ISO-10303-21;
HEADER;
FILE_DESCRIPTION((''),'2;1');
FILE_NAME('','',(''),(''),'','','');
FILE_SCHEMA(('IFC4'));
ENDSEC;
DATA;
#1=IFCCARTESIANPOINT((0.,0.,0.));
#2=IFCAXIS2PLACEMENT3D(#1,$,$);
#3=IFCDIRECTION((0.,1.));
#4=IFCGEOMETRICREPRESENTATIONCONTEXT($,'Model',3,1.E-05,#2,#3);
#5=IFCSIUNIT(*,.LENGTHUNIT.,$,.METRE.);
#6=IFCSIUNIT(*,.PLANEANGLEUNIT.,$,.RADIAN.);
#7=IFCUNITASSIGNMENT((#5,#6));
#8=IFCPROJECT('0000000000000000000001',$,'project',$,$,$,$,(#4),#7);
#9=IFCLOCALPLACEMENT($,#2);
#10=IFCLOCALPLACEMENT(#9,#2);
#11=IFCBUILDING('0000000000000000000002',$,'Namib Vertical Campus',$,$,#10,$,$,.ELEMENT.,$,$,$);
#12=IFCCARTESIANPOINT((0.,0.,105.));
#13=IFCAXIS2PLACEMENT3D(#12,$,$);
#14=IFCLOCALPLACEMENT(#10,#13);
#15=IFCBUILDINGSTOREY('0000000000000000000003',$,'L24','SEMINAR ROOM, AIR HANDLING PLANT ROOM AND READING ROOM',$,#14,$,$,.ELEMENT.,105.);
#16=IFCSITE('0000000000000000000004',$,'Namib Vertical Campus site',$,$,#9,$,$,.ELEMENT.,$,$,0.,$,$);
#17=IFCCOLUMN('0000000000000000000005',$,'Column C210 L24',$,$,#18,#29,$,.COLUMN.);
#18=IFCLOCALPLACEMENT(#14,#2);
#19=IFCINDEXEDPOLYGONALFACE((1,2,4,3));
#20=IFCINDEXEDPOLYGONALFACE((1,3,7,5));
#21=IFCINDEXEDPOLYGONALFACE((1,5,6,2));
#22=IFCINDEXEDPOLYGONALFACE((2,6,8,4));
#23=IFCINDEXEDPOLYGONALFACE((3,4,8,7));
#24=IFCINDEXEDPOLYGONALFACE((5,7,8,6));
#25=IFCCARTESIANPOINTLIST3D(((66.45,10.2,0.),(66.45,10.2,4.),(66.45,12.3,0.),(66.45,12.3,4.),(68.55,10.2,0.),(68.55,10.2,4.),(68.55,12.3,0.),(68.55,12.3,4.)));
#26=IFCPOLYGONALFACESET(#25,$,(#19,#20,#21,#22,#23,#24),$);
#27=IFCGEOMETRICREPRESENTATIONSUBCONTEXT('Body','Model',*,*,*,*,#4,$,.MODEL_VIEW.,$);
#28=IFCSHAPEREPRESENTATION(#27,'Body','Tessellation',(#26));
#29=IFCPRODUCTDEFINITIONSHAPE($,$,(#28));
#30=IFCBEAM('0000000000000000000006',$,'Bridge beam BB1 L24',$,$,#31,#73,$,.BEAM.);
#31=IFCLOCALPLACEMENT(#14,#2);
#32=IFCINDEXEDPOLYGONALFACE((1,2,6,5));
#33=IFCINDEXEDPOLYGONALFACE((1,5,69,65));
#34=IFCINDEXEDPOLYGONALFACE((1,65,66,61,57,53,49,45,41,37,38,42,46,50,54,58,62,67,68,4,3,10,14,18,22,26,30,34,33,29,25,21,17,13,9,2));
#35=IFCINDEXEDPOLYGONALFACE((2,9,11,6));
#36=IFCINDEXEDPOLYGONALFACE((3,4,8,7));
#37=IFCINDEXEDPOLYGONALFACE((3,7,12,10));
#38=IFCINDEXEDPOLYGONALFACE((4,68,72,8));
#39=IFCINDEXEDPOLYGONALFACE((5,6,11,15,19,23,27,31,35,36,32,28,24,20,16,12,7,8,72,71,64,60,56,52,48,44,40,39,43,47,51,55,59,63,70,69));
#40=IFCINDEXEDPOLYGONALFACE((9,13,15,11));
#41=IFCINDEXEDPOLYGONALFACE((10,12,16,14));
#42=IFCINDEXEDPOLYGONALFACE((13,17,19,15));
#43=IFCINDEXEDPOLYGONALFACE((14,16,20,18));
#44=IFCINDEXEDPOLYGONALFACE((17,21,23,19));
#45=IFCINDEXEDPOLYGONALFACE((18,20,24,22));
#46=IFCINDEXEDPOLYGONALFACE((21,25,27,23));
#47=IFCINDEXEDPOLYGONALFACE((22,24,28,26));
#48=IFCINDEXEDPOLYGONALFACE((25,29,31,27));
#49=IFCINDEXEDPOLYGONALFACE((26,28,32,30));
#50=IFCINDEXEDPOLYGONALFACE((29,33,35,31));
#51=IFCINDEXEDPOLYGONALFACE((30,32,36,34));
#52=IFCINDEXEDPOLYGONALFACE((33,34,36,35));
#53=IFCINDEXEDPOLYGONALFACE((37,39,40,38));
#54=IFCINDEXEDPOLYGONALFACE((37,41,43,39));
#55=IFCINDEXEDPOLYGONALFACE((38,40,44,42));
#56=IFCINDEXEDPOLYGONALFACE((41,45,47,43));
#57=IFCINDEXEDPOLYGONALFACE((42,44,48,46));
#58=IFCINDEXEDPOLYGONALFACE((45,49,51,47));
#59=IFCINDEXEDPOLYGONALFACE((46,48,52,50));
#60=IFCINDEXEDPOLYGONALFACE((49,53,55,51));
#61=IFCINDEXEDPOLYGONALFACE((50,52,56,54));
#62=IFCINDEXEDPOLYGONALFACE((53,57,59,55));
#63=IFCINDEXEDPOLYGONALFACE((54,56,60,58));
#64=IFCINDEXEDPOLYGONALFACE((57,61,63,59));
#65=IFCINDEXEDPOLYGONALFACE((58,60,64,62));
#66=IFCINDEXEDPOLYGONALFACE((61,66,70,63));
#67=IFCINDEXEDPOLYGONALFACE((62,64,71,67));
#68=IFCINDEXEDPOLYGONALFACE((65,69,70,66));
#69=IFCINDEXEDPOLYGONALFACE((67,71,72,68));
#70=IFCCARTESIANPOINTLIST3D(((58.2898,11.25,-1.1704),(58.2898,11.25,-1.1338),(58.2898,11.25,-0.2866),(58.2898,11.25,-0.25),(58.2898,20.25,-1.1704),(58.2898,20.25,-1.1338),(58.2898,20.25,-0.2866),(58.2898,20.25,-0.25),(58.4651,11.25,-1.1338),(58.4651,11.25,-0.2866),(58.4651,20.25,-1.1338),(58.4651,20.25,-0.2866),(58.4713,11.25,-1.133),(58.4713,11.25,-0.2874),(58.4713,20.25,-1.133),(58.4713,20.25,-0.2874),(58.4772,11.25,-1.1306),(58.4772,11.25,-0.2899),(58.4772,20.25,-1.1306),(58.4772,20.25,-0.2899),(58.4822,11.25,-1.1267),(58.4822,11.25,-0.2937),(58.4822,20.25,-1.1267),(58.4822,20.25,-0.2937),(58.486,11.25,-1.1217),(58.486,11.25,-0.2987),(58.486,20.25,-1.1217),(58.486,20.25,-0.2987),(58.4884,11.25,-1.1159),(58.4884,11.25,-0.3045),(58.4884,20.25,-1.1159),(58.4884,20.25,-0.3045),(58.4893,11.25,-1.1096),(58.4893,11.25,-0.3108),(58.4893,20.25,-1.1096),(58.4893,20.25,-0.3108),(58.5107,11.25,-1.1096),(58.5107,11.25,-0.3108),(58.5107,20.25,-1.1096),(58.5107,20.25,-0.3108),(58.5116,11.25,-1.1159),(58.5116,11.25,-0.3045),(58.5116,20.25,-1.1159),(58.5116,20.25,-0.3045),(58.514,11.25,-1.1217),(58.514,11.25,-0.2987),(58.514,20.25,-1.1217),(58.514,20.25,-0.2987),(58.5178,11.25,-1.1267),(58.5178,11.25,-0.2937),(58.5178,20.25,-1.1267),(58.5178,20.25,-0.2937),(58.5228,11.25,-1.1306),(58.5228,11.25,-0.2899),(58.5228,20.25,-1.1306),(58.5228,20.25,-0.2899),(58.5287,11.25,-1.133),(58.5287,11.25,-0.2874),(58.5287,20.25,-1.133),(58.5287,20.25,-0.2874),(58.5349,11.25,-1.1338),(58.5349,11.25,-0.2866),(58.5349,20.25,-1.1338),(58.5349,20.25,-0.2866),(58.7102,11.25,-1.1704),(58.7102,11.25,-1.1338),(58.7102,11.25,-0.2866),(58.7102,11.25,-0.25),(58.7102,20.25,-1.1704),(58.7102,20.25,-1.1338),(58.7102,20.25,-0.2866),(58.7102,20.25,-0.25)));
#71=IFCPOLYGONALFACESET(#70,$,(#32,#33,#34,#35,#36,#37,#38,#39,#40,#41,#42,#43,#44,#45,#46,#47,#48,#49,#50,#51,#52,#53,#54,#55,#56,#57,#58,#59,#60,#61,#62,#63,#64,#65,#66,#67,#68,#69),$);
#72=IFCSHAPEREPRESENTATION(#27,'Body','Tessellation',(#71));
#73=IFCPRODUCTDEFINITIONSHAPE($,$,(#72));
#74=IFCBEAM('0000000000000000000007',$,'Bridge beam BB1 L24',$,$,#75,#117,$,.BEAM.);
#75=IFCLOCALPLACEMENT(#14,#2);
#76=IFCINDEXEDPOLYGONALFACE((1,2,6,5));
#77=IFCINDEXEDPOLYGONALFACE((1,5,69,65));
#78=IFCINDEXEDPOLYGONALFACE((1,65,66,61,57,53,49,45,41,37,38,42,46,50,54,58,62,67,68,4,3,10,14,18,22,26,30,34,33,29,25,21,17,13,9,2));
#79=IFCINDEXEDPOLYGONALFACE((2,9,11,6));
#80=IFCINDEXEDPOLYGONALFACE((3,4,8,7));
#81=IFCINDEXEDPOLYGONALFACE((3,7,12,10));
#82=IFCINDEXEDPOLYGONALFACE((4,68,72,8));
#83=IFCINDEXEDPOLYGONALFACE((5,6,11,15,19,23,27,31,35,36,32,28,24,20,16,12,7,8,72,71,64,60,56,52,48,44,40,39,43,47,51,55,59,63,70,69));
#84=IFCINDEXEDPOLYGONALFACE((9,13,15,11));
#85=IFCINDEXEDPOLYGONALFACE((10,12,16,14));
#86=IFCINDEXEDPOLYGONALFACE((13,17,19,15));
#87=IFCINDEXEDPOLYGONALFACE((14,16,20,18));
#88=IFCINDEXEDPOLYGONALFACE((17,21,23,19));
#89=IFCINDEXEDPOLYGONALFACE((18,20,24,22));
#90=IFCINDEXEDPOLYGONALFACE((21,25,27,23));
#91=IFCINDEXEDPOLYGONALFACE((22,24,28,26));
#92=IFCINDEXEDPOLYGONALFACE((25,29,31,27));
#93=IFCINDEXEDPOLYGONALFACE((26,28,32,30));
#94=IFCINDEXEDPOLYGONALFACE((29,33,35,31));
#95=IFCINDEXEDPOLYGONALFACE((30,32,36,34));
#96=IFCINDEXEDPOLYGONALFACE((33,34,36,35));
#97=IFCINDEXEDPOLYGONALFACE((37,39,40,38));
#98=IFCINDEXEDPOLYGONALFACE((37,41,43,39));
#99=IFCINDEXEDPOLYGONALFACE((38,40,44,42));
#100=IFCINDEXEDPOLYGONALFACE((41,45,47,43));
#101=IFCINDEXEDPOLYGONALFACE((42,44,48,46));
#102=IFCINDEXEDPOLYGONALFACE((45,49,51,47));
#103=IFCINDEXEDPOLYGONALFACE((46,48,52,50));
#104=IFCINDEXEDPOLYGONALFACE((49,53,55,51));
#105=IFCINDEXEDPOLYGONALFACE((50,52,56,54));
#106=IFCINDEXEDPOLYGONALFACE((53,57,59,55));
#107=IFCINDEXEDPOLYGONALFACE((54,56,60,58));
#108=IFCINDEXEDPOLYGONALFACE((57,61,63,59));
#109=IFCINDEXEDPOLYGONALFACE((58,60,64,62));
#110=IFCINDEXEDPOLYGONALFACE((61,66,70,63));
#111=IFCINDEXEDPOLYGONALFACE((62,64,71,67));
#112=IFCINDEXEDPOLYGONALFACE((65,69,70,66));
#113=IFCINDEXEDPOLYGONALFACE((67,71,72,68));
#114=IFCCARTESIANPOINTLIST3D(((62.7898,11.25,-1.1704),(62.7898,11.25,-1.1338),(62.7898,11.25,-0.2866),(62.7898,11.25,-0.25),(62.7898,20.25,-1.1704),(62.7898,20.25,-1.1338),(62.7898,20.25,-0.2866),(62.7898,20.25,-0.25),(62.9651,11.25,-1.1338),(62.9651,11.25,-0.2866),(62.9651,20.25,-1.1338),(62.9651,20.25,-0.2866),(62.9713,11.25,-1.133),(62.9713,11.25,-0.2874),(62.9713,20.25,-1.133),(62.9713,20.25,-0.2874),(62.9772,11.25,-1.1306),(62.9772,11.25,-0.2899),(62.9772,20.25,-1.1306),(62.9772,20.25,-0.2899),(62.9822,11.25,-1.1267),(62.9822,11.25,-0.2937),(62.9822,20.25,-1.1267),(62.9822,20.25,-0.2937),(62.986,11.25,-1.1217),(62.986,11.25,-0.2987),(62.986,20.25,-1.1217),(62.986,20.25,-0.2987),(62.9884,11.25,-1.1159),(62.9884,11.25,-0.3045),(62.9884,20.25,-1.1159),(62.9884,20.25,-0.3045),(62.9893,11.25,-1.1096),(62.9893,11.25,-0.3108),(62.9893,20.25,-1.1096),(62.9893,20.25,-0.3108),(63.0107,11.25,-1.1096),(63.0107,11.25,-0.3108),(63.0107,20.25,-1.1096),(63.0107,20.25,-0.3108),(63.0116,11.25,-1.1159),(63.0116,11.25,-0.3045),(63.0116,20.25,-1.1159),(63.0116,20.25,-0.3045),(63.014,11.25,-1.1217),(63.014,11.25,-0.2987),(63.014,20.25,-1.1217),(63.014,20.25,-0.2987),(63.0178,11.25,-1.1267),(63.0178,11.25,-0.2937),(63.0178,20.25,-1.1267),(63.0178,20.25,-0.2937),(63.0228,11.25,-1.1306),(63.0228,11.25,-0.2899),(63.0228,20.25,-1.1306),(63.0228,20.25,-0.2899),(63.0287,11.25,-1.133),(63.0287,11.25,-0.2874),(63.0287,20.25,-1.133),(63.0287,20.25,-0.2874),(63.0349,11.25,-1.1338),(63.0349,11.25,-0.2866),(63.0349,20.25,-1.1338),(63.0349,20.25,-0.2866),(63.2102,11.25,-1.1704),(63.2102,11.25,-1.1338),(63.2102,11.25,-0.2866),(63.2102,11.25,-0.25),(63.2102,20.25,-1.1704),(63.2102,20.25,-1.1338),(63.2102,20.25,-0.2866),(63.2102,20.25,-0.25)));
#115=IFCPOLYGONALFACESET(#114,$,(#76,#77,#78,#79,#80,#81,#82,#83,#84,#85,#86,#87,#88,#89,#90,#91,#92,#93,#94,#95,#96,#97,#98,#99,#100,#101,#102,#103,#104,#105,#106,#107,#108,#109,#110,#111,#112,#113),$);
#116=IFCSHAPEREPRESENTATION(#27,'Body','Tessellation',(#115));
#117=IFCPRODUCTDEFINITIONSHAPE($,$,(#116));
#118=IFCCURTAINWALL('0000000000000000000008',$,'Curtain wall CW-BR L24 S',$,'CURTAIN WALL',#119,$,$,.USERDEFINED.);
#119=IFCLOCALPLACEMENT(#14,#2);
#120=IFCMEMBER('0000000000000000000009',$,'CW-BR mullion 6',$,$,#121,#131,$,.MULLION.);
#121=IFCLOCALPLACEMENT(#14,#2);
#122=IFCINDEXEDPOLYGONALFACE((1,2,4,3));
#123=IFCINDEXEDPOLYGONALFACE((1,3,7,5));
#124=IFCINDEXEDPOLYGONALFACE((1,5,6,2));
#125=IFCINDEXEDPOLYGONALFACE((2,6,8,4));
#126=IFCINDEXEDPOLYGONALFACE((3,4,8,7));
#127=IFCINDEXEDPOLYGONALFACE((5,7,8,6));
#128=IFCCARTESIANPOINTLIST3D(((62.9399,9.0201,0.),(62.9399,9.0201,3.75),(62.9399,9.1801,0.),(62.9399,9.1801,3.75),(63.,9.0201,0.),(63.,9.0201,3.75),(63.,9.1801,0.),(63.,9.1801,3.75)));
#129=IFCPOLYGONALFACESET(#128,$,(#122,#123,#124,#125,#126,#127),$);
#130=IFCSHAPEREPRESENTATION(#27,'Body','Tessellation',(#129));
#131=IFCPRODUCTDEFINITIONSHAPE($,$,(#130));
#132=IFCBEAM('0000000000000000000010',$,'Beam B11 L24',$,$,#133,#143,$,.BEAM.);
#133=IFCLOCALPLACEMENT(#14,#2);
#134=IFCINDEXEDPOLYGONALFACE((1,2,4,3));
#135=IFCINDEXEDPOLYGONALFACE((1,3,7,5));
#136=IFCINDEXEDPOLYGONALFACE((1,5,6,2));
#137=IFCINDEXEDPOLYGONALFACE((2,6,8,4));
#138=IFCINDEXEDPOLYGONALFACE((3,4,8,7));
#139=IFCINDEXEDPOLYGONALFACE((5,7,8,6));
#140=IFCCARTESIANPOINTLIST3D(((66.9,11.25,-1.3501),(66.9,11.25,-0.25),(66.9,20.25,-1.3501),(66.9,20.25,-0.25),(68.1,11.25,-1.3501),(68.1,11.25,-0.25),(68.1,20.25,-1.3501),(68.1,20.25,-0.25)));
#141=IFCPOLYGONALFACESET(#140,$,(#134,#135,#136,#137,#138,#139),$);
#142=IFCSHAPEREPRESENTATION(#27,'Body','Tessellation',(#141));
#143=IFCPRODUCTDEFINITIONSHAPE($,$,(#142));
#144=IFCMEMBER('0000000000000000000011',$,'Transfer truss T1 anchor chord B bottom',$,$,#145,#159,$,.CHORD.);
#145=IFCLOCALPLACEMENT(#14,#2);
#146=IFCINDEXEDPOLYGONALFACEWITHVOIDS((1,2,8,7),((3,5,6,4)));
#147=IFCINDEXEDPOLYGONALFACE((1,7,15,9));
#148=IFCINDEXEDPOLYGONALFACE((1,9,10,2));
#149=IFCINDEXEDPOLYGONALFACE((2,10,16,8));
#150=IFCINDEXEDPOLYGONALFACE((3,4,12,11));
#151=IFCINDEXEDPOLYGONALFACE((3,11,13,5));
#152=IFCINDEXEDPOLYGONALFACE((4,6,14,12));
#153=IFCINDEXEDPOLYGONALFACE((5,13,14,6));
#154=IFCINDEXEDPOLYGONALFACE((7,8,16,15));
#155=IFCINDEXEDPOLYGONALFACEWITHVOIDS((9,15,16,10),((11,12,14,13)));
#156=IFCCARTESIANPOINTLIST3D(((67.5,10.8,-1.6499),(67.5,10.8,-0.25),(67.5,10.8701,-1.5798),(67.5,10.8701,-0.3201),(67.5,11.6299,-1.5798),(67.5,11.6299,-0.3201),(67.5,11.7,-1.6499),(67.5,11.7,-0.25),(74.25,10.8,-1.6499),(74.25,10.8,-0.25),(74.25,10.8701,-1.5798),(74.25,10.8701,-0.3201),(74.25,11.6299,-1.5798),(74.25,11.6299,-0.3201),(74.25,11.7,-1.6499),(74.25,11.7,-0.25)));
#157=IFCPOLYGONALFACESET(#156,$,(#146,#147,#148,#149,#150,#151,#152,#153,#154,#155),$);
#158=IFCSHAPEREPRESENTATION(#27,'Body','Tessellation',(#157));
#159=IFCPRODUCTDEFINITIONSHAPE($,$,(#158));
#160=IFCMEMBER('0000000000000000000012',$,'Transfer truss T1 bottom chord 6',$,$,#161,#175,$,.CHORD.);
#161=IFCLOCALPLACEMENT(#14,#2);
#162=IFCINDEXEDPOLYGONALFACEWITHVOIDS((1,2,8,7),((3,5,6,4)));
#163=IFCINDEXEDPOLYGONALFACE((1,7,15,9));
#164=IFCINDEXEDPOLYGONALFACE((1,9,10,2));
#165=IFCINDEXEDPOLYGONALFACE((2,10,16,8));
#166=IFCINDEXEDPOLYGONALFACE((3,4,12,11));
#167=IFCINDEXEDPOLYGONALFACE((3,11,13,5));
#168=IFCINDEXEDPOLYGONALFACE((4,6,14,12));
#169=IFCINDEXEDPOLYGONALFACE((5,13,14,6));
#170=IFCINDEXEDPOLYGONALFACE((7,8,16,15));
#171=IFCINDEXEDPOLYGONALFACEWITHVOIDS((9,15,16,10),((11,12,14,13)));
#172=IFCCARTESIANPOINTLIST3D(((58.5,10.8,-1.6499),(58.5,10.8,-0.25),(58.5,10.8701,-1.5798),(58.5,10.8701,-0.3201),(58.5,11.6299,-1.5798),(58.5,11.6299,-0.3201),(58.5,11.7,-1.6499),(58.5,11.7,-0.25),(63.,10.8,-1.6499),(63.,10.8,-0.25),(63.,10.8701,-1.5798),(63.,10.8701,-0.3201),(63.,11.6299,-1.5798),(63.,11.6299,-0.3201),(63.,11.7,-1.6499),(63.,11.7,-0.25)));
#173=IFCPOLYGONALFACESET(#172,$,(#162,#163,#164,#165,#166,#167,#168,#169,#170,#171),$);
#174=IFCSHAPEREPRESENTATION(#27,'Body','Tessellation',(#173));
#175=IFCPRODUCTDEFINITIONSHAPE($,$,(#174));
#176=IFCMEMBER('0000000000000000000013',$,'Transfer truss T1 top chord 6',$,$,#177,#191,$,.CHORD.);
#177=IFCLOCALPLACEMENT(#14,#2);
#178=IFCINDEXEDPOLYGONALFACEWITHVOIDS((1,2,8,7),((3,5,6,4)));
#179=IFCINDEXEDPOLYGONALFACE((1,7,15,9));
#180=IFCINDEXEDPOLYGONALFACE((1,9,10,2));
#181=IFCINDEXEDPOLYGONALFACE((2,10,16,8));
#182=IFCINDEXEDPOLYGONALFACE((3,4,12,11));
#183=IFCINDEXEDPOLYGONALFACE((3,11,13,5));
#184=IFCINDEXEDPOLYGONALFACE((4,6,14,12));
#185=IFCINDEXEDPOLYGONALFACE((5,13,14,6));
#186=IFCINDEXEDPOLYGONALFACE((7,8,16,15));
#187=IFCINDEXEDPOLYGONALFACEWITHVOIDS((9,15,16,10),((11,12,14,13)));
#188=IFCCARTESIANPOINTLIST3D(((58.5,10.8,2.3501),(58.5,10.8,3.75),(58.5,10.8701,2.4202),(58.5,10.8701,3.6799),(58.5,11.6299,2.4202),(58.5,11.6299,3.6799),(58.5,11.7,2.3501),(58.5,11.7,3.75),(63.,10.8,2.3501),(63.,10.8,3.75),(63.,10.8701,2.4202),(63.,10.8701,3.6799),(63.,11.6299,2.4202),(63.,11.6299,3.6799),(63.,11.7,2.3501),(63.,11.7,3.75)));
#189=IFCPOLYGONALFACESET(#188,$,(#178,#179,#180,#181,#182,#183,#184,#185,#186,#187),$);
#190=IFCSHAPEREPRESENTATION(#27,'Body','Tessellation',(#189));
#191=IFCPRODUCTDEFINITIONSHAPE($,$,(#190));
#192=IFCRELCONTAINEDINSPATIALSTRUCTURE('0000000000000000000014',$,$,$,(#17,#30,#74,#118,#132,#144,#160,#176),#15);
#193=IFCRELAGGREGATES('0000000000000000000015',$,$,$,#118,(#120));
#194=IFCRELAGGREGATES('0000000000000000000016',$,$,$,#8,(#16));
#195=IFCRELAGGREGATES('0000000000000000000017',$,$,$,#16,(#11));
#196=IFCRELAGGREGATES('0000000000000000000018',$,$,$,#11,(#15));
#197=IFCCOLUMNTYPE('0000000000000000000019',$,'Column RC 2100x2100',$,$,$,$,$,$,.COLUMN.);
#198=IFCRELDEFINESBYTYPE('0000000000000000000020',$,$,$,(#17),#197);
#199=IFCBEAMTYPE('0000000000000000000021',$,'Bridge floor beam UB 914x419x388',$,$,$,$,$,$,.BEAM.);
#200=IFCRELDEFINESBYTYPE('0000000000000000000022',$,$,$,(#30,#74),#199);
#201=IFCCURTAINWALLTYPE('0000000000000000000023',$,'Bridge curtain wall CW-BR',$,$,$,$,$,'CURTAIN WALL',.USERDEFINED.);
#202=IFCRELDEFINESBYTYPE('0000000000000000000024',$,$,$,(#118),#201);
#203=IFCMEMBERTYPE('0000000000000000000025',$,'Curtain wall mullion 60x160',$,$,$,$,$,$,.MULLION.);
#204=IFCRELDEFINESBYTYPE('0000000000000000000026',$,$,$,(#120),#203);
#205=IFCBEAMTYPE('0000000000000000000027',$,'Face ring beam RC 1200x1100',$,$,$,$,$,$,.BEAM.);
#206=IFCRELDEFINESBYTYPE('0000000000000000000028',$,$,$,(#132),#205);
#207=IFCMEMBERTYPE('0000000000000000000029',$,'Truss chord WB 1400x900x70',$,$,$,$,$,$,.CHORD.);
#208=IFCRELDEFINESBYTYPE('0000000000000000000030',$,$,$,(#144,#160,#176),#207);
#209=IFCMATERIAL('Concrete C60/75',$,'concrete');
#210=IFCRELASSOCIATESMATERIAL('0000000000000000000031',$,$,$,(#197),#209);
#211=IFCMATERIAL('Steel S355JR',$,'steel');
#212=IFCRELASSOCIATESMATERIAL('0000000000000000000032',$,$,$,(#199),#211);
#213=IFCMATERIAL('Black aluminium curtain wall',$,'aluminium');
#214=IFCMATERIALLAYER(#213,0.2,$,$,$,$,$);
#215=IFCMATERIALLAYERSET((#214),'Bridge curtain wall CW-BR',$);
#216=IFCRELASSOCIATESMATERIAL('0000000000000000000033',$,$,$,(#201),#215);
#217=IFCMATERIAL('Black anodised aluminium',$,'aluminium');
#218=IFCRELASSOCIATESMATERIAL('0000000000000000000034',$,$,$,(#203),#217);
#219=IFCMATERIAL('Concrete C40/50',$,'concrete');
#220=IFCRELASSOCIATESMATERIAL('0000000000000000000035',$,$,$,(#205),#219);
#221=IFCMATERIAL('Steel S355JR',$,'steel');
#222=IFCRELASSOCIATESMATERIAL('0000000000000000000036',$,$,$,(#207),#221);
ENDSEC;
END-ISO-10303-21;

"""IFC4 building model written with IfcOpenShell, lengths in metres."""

from ifc_helpers import new_model, si_unit, direction, frame, origin, origin_2d, place, context, subcontext, project, spatial, rectangle, hollow_rectangle, i_section, extrude, material, layer, layer_set, material_profile, profile_set, type_object, element, aggregate, save


model = new_model("IFC4")

# Units and contexts
model_context = context("Model", 3, precision=1e-05, world=origin(), true_north=direction((0.0, 1.0)))
body_context = subcontext(model_context, "Body", "Model", "MODEL_VIEW")
ifc_project = project(units=[si_unit("LENGTHUNIT", "METRE"), si_unit("PLANEANGLEUNIT", "RADIAN")], contexts=[model_context])

# Site, building, storey
site_placement = place(None, origin())
site = spatial("IfcSite", under=ifc_project, at=site_placement, Name="Namib Vertical Campus site", CompositionType="ELEMENT", RefElevation=0.0)
building_placement = place(site_placement, origin())
building = spatial("IfcBuilding", under=site, at=building_placement, Name="Namib Vertical Campus", CompositionType="ELEMENT")
storey_placement = place(building_placement, frame((0.0, 0.0, 105.0)))
storey = spatial("IfcBuildingStorey", under=building, at=storey_placement, Name="L24", Description="SEMINAR ROOM, AIR HANDLING PLANT ROOM AND READING ROOM", CompositionType="ELEMENT", Elevation=105.0)

# Column
ifc_material_1 = material(Name="Concrete C60/75", Category="concrete")
ifc_material_profile_1 = material_profile(ifc_material_1, rectangle(XDim=2.1001, YDim=2.1001, at=origin_2d()))
ifc_profile_set_1 = profile_set([ifc_material_profile_1], Name="Concrete C60/75")
column_type = type_object("IfcColumnType", Name="Column RC 2100x2100", PredefinedType="COLUMN", material=ifc_profile_set_1)
column_placement = place(storey_placement, frame((67.5, 11.25, 0.0), z_axis=(0.0, 0.0, 1.0), x_axis=(1.0, 0.0, 0.0)))
element("IfcColumn", 1, at=column_placement, inside=storey, type_object=column_type, Name="Column C210 L24", PredefinedType="COLUMN", context=body_context, shape_type="SweptSolid", body=[
    extrude(rectangle(XDim=2.1001, YDim=2.1001, at=origin_2d()), origin(), (0.0, 0.0, 1.0), 4.0),
])

# Beams
ifc_material_2 = material(Name="Steel S355JR", Category="steel")
ifc_material_profile_2 = material_profile(ifc_material_2, i_section(OverallWidth=0.4204, OverallDepth=0.9204, WebThickness=0.0215, FlangeThickness=0.0366, FilletRadius=0.0242, at=origin_2d()))
ifc_profile_set_2 = profile_set([ifc_material_profile_2], Name="Steel S355JR")
beam_type_1 = type_object("IfcBeamType", Name="Bridge floor beam UB 914x419x388", PredefinedType="BEAM", material=ifc_profile_set_2)
for number, where, z_axis, x_axis, name in (
    (2, (58.5, 11.25, -0.7102), (0.0, 1.0, 0.0), (-1.0, 0.0, 0.0), "Bridge beam BB1 L24"),
    (3, (63.0, 11.25, -0.7102), (0.0, 1.0, 0.0), (-1.0, 0.0, 0.0), "Bridge beam BB1 L24"),
):
    element("IfcBeam", number, at=place(storey_placement, frame(where, z_axis=z_axis, x_axis=x_axis)), inside=storey, type_object=beam_type_1, Name=name, PredefinedType="BEAM", context=body_context, shape_type="SweptSolid", body=[
        extrude(i_section(OverallWidth=0.4204, OverallDepth=0.9204, WebThickness=0.0215, FlangeThickness=0.0366, FilletRadius=0.0242, at=origin_2d()), origin(), (0.0, 0.0, 1.0), 9.0),
    ])

# Curtain wall, member
ifc_material_3 = material(Name="Black aluminium curtain wall", Category="aluminium")
ifc_layer = layer(ifc_material_3, 0.2)
ifc_layer_set = layer_set([ifc_layer], Name="Bridge curtain wall CW-BR")
curtain_wall_type = type_object("IfcCurtainWallType", Name="Bridge curtain wall CW-BR", ElementType="CURTAIN WALL", PredefinedType="USERDEFINED", material=ifc_layer_set)
curtain_wall_placement = place(storey_placement, origin())
curtain_wall = element("IfcCurtainWall", 4, at=curtain_wall_placement, inside=storey, type_object=curtain_wall_type, Name="Curtain wall CW-BR L24 S", ObjectType="CURTAIN WALL", PredefinedType="USERDEFINED")
ifc_material_4 = material(Name="Black anodised aluminium", Category="aluminium")
ifc_material_profile_3 = material_profile(ifc_material_4, rectangle(XDim=0.0601, YDim=0.1599, at=origin_2d()))
ifc_profile_set_3 = profile_set([ifc_material_profile_3], Name="Black anodised aluminium")
member_type_1 = type_object("IfcMemberType", Name="Curtain wall mullion 60x160", PredefinedType="MULLION", material=ifc_profile_set_3)
member_1_placement = place(storey_placement, frame((62.97, 9.1001, 0.0), z_axis=(0.0, 0.0, 1.0), x_axis=(1.0, 0.0, 0.0)))
member_1 = element("IfcMember", 5, at=member_1_placement, type_object=member_type_1, Name="CW-BR mullion 6", PredefinedType="MULLION", context=body_context, shape_type="SweptSolid", body=[
    extrude(rectangle(XDim=0.0601, YDim=0.1599, at=origin_2d()), origin(), (0.0, 0.0, 1.0), 3.75),
])
aggregate(curtain_wall, [member_1])

# Beam
ifc_material_5 = material(Name="Concrete C40/50", Category="concrete")
ifc_material_profile_4 = material_profile(ifc_material_5, rectangle(XDim=1.2, YDim=1.1001, at=origin_2d()))
ifc_profile_set_4 = profile_set([ifc_material_profile_4], Name="Concrete C40/50")
beam_type_2 = type_object("IfcBeamType", Name="Face ring beam RC 1200x1100", PredefinedType="BEAM", material=ifc_profile_set_4)
beam_placement = place(storey_placement, frame((67.5, 11.25, -0.8), z_axis=(0.0, 1.0, 0.0), x_axis=(-1.0, 0.0, 0.0)))
element("IfcBeam", 6, at=beam_placement, inside=storey, type_object=beam_type_2, Name="Beam B11 L24", PredefinedType="BEAM", context=body_context, shape_type="SweptSolid", body=[
    extrude(rectangle(XDim=1.2, YDim=1.1001, at=origin_2d()), origin(), (0.0, 0.0, 1.0), 9.0),
])

# Members
ifc_material_6 = material(Name="Steel S355JR", Category="steel")
ifc_material_profile_5 = material_profile(ifc_material_6, hollow_rectangle(XDim=0.8999, YDim=1.3999, WallThickness=0.0701, at=origin_2d()))
ifc_profile_set_5 = profile_set([ifc_material_profile_5], Name="Steel S355JR")
member_type_2 = type_object("IfcMemberType", Name="Truss chord WB 1400x900x70", PredefinedType="CHORD", material=ifc_profile_set_5)
member_2_placement = place(storey_placement, frame((67.5, 11.25, -0.95), z_axis=(1.0, 0.0, 0.0), x_axis=(0.0, 1.0, 0.0)))
element("IfcMember", 7, at=member_2_placement, inside=storey, type_object=member_type_2, Name="Transfer truss T1 anchor chord B bottom", PredefinedType="CHORD", context=body_context, shape_type="SweptSolid", body=[
    extrude(hollow_rectangle(XDim=0.8999, YDim=1.3999, WallThickness=0.0701, at=origin_2d()), origin(), (0.0, 0.0, 1.0), 6.75),
])
for number, where, z_axis, x_axis, name in (
    (8, (58.5, 11.25, -0.95), (1.0, 0.0, 0.0), (0.0, 1.0, 0.0), "Transfer truss T1 bottom chord 6"),
    (9, (58.5, 11.25, 3.05), (1.0, 0.0, 0.0), (0.0, 1.0, 0.0), "Transfer truss T1 top chord 6"),
):
    element("IfcMember", number, at=place(storey_placement, frame(where, z_axis=z_axis, x_axis=x_axis)), inside=storey, type_object=member_type_2, Name=name, PredefinedType="CHORD", context=body_context, shape_type="SweptSolid", body=[
        extrude(hollow_rectangle(XDim=0.8999, YDim=1.3999, WallThickness=0.0701, at=origin_2d()), origin(), (0.0, 0.0, 1.0), 4.5),
    ])

save(model, "model.ifc")
